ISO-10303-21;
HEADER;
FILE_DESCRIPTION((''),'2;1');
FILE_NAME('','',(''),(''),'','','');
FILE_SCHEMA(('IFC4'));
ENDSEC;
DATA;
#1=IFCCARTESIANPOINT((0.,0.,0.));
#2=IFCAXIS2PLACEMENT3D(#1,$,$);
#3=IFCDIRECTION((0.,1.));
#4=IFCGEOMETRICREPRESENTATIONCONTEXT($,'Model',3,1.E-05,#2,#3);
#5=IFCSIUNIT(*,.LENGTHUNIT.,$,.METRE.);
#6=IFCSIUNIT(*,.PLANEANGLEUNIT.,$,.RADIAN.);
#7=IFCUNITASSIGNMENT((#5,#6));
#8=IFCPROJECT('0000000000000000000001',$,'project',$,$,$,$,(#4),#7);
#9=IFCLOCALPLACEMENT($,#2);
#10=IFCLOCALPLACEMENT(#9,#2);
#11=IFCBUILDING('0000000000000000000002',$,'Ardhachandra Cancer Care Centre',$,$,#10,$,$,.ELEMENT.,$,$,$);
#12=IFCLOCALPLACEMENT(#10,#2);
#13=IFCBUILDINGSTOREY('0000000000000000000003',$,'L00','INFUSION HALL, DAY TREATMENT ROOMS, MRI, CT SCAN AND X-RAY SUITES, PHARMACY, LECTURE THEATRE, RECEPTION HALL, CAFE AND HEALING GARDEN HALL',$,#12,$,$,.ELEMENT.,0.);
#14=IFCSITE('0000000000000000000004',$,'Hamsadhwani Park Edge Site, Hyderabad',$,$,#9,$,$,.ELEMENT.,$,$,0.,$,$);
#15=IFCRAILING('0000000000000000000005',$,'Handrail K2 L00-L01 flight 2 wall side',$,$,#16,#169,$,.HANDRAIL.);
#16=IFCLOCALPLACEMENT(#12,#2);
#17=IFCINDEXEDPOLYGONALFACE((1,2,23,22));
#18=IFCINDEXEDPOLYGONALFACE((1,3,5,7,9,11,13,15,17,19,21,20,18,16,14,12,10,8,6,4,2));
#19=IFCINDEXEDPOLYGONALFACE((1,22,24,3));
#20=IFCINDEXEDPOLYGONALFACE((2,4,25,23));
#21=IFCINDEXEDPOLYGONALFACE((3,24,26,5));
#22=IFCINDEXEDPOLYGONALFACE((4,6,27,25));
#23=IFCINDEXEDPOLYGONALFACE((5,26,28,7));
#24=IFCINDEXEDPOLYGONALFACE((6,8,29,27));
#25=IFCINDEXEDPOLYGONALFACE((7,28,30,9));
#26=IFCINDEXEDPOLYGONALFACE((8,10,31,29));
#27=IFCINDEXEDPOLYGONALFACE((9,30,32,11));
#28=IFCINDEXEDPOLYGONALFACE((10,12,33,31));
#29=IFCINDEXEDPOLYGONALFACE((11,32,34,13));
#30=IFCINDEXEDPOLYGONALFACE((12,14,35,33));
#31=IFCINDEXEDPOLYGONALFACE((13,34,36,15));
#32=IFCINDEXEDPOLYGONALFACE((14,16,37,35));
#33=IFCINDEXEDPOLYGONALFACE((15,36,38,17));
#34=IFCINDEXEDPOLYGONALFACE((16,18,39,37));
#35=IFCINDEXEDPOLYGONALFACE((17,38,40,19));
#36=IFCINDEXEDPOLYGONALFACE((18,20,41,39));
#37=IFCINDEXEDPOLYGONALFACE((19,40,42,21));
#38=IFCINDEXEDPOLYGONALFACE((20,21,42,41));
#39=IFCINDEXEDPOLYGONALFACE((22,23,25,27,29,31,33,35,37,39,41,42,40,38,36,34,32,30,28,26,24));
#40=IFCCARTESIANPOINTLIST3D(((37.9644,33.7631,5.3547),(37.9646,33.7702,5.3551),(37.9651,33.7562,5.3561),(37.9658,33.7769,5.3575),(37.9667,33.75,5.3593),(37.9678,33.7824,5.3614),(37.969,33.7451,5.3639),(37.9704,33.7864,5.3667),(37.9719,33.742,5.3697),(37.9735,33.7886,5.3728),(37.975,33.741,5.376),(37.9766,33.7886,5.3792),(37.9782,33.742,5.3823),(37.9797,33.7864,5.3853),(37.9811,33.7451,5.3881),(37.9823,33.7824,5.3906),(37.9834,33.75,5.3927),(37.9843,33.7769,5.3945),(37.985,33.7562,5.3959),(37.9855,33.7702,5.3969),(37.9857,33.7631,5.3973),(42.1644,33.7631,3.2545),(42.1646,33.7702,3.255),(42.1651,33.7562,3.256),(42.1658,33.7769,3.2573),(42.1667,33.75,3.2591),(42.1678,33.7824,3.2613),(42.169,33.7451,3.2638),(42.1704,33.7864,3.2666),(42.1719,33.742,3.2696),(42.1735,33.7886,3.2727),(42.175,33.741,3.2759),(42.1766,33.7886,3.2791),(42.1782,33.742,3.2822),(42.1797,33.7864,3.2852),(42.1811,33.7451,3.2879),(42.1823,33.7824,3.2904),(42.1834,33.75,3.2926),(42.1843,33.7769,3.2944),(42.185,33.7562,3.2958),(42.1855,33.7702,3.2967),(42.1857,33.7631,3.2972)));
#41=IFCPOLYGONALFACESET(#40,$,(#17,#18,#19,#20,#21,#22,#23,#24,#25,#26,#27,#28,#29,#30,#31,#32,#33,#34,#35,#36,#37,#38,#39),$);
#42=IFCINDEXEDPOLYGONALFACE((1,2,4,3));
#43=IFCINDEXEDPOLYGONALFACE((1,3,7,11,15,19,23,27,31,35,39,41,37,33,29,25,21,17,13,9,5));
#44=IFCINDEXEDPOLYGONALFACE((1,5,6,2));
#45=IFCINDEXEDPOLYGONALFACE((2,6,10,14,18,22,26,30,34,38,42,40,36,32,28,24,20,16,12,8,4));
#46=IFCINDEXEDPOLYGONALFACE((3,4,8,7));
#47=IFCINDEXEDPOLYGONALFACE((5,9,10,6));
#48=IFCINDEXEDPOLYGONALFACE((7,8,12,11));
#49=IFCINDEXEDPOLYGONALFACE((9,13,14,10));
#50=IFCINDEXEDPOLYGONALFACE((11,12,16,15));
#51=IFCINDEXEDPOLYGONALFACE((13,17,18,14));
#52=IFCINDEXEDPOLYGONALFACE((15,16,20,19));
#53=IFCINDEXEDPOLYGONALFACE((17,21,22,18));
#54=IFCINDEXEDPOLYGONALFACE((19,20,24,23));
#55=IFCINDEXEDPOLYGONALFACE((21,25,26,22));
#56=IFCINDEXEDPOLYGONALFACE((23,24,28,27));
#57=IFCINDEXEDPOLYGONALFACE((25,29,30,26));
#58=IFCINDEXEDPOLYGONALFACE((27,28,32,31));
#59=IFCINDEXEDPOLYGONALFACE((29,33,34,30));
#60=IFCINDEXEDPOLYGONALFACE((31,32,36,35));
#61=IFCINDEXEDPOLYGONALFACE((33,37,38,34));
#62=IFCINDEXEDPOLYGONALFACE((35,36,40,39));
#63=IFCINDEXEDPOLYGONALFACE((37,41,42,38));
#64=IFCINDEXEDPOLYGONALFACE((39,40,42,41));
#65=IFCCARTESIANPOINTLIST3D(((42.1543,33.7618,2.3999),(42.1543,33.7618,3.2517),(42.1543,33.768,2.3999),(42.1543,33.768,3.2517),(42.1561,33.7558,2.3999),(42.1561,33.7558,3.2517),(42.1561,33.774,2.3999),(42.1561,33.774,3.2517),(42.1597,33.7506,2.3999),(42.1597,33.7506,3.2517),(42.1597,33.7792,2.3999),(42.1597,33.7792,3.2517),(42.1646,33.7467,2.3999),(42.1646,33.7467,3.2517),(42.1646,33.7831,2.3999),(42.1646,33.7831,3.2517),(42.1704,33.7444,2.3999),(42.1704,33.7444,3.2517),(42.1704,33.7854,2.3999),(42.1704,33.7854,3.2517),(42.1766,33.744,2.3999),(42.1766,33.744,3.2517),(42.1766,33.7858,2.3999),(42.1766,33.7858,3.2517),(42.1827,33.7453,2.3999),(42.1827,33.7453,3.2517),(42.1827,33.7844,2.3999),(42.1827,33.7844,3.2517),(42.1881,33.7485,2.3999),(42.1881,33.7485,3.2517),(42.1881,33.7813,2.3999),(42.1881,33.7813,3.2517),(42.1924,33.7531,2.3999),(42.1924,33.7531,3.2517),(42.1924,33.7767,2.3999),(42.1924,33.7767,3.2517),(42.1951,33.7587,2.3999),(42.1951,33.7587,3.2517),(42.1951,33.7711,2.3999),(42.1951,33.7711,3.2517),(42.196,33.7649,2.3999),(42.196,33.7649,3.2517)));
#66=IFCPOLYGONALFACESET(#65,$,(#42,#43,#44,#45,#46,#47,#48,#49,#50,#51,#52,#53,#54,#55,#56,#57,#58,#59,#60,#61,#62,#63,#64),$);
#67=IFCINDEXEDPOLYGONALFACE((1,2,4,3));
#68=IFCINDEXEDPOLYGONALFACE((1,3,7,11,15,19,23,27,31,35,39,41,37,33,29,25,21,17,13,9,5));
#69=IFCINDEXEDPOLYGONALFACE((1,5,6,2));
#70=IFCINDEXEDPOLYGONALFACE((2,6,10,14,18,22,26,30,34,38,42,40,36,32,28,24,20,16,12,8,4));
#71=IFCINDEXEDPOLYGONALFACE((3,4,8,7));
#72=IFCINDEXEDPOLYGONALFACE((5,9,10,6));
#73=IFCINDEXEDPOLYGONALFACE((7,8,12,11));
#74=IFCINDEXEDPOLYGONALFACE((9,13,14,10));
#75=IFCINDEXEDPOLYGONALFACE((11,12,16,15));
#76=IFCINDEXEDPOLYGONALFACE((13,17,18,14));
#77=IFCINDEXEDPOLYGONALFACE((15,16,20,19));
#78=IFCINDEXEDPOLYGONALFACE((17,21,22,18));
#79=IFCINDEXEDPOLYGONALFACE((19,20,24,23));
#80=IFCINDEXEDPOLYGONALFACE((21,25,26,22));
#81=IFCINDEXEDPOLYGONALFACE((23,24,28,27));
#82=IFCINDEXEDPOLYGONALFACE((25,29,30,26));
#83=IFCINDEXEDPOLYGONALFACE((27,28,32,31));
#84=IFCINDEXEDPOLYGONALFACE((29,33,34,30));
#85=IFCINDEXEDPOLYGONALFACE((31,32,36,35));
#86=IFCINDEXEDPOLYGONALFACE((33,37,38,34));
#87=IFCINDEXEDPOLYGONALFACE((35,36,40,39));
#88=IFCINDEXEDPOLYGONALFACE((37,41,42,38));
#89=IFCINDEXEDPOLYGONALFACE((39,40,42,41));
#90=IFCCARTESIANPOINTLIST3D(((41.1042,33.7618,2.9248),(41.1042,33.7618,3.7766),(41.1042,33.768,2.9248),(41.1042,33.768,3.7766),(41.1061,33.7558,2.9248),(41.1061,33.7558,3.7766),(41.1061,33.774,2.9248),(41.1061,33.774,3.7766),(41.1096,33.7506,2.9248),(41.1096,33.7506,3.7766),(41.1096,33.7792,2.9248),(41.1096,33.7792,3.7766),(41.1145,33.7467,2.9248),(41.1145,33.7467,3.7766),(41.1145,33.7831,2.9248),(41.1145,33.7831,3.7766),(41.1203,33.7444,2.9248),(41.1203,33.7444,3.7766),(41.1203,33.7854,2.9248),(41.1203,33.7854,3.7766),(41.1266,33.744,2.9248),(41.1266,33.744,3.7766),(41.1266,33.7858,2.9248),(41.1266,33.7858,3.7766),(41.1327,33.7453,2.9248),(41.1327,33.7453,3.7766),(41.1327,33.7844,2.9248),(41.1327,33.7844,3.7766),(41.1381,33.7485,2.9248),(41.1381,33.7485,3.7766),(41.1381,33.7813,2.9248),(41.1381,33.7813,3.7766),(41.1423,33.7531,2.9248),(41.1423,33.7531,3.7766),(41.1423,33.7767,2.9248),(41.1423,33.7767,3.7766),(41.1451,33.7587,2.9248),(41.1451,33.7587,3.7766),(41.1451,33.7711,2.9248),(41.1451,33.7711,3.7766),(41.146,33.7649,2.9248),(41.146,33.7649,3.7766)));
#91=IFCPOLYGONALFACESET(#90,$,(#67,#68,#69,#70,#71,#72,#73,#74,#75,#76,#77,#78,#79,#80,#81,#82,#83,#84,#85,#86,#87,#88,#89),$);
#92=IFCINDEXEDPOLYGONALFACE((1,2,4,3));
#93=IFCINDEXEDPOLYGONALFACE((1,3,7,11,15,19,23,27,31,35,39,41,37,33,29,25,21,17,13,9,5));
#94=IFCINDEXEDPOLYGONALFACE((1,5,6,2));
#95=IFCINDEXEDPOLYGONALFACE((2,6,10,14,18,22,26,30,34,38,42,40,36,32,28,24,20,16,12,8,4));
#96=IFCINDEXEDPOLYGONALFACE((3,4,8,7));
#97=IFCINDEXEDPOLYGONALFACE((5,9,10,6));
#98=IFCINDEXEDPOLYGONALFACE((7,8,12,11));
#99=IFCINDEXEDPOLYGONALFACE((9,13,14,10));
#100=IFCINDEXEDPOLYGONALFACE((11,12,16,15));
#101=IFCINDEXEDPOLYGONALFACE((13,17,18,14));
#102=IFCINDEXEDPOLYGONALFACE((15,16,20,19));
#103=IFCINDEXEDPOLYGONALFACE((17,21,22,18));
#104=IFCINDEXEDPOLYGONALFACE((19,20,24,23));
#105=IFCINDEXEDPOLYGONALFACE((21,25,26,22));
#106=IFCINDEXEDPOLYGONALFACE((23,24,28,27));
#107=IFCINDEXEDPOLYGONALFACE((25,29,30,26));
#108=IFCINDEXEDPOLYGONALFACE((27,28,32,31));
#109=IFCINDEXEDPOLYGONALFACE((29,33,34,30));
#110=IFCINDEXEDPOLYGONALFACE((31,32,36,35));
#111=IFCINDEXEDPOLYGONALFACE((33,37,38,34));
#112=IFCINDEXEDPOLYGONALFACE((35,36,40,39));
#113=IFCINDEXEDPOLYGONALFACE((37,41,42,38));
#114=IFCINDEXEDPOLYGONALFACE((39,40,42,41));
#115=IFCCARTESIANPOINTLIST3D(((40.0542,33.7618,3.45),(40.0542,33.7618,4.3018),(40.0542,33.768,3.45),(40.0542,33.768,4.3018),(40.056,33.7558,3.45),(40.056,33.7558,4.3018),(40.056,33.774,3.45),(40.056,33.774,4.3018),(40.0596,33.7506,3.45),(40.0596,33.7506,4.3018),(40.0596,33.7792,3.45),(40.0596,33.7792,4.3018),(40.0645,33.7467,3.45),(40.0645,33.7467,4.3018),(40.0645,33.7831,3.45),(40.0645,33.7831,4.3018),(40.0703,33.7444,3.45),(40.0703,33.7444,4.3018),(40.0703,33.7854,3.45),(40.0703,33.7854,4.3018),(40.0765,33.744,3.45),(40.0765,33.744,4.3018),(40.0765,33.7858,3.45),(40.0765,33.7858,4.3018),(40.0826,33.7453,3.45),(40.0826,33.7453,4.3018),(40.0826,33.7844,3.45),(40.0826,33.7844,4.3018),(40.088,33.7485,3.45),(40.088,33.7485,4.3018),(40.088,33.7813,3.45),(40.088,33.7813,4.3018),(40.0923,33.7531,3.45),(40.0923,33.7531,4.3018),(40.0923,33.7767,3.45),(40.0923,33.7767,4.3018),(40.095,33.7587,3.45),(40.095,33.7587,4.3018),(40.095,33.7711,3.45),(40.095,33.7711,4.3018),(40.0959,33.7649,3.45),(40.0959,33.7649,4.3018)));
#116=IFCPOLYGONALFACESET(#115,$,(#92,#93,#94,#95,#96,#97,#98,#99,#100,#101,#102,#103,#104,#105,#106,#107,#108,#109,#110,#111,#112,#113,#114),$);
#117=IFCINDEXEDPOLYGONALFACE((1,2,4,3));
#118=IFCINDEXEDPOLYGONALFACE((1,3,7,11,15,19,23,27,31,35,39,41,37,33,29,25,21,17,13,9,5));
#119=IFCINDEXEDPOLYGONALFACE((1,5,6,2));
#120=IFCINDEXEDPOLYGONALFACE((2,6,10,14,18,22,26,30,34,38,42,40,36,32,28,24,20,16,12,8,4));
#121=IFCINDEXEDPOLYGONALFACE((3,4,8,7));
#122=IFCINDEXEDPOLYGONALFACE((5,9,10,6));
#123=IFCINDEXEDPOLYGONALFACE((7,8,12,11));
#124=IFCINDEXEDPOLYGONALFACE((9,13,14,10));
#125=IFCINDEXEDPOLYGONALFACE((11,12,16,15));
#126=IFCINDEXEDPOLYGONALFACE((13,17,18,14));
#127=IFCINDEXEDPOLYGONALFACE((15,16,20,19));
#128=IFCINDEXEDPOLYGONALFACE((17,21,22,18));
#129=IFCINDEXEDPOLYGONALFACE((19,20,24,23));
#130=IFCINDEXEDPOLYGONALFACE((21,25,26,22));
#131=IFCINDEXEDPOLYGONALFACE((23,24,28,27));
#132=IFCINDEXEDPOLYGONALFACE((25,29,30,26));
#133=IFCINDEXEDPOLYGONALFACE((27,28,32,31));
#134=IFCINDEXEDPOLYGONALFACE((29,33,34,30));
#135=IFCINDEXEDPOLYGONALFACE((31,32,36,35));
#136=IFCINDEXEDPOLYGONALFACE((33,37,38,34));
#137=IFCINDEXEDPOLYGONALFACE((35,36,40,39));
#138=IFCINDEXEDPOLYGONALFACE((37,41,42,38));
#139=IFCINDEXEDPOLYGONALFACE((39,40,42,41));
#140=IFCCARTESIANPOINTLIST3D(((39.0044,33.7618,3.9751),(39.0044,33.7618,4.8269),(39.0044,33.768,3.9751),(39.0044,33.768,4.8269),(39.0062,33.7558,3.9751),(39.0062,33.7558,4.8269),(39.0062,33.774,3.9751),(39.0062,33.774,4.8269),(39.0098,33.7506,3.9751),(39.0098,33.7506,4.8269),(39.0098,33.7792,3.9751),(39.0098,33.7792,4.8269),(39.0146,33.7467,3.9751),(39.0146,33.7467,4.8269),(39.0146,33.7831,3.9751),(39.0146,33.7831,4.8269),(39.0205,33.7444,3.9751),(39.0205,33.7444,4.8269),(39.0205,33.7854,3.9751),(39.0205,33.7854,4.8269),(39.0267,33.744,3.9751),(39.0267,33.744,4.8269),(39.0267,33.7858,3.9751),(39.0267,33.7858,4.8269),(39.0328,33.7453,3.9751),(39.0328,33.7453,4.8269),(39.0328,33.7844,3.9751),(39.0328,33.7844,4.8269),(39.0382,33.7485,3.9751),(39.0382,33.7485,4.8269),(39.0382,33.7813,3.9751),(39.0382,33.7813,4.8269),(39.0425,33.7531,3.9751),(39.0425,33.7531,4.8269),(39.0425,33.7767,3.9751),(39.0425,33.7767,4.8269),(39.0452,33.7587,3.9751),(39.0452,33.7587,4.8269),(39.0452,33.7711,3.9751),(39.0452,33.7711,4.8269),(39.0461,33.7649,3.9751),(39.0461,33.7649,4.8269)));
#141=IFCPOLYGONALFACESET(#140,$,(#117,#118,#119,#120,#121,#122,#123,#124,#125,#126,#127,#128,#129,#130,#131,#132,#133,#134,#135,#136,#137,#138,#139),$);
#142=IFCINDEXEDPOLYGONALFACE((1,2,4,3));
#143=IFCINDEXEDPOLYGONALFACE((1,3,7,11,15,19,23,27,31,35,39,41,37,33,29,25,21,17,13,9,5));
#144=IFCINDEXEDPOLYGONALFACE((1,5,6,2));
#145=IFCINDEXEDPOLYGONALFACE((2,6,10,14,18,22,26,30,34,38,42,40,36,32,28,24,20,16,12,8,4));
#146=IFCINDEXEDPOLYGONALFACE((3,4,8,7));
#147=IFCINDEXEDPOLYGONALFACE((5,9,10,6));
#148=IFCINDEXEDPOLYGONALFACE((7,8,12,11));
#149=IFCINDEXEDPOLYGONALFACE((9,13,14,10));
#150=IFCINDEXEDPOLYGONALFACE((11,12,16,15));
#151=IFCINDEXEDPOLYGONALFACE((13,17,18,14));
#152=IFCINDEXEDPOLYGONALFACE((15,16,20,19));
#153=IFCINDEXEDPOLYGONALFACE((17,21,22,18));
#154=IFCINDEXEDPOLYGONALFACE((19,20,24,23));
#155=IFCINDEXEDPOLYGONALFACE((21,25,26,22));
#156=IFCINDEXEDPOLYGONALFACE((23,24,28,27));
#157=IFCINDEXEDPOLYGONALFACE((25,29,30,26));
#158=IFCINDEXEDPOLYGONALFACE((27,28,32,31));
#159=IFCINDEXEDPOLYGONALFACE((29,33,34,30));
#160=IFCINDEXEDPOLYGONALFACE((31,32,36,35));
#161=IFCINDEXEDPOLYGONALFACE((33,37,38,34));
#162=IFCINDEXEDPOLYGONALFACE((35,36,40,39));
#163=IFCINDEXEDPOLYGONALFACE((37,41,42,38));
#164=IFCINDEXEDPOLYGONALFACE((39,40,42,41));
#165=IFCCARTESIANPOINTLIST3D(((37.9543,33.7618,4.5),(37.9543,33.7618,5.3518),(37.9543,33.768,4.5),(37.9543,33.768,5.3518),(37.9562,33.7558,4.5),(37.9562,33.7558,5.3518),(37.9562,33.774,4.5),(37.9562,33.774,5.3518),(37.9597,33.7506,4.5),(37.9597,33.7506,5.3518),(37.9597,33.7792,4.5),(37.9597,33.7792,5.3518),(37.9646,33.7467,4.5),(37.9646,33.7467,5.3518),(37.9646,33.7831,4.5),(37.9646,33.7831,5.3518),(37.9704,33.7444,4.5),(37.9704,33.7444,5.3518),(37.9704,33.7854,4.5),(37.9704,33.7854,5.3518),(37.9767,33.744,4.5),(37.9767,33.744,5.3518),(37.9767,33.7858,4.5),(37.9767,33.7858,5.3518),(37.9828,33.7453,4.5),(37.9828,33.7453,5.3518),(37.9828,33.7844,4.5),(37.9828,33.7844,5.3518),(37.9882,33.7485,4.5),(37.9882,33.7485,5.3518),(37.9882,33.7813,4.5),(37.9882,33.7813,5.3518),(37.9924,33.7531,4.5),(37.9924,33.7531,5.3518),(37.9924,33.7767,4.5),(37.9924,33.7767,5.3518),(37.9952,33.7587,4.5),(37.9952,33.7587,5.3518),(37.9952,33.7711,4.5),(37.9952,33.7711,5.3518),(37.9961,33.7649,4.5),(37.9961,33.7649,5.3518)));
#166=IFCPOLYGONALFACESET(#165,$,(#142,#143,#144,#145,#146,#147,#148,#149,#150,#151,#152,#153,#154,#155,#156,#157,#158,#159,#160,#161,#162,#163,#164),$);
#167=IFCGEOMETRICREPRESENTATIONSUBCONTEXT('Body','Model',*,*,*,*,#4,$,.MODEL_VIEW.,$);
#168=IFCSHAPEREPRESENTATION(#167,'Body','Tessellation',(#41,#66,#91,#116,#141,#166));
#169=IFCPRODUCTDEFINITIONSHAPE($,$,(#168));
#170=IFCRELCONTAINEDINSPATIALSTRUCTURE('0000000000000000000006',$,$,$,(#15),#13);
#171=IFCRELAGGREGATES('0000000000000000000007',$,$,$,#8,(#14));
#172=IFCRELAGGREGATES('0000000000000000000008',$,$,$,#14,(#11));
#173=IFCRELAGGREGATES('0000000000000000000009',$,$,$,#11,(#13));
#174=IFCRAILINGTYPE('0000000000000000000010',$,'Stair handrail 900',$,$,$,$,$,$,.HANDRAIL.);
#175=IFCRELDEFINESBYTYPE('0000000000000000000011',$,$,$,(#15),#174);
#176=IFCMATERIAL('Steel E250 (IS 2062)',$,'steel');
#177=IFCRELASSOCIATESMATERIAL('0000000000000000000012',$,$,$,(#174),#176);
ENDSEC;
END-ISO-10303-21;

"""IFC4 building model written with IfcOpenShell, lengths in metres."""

from ifc_helpers import new_model, si_unit, direction, frame, origin, origin_2d, place, context, subcontext, project, spatial, circle, extrude, material, type_object, element, save


model = new_model("IFC4")

# Units and contexts
model_context = context("Model", 3, precision=1e-05, world=origin(), true_north=direction((0.0, 1.0)))
body_context = subcontext(model_context, "Body", "Model", "MODEL_VIEW")
ifc_project = project(units=[si_unit("LENGTHUNIT", "METRE"), si_unit("PLANEANGLEUNIT", "RADIAN")], contexts=[model_context])

# Site, building, storey
site_placement = place(None, origin())
site = spatial("IfcSite", under=ifc_project, at=site_placement, Name="Hamsadhwani Park Edge Site, Hyderabad", CompositionType="ELEMENT", RefElevation=0.0)
building_placement = place(site_placement, origin())
building = spatial("IfcBuilding", under=site, at=building_placement, Name="Ardhachandra Cancer Care Centre", CompositionType="ELEMENT")
storey_placement = place(building_placement, origin())
storey = spatial("IfcBuildingStorey", under=building, at=storey_placement, Name="L00", Description="INFUSION HALL, DAY TREATMENT ROOMS, MRI, CT SCAN AND X-RAY SUITES, PHARMACY, LECTURE THEATRE, RECEPTION HALL, CAFE AND HEALING GARDEN HALL", CompositionType="ELEMENT", Elevation=0.0)

# Railing
ifc_material_1 = material(Name="Steel E250 (IS 2062)", Category="steel")
railing_type_1 = type_object("IfcRailingType", Name="Stair handrail 900", PredefinedType="HANDRAIL", material=ifc_material_1)
for number, where, name in (
    (1, (42.175, 33.7649, 2.3999), "Handrail K2 L00-L01 flight 2 wall side"),
):
    element("IfcRailing", number, at=place(storey_placement, frame(where)), inside=storey, type_object=railing_type_1, Name=name, PredefinedType="HANDRAIL", context=body_context, shape_type="SweptSolid", body=[
        extrude(circle(Radius=0.0239, at=origin_2d()), frame((0.0, 0.0, 0.876), z_axis=(-0.894417, 0.0, 0.447234), x_axis=(0.0, -1.0, 0.0)), (0.0, 0.0, 1.0), 4.6958),
        extrude(circle(Radius=0.021, at=origin_2d()), origin(), (0.0, 0.0, 1.0), 0.8518),
        extrude(circle(Radius=0.021, at=origin_2d()), frame((-1.05, 0.0, 0.5249)), (0.0, 0.0, 1.0), 0.8518),
        extrude(circle(Radius=0.021, at=origin_2d()), frame((-2.1001, 0.0, 1.05)), (0.0, 0.0, 1.0), 0.8518),
        extrude(circle(Radius=0.021, at=origin_2d()), frame((-3.1499, 0.0, 1.5752)), (0.0, 0.0, 1.0), 0.8518),
        extrude(circle(Radius=0.021, at=origin_2d()), frame((-4.2, 0.0, 2.1001)), (0.0, 0.0, 1.0), 0.8518),
    ])

save(model, "model.ifc")
